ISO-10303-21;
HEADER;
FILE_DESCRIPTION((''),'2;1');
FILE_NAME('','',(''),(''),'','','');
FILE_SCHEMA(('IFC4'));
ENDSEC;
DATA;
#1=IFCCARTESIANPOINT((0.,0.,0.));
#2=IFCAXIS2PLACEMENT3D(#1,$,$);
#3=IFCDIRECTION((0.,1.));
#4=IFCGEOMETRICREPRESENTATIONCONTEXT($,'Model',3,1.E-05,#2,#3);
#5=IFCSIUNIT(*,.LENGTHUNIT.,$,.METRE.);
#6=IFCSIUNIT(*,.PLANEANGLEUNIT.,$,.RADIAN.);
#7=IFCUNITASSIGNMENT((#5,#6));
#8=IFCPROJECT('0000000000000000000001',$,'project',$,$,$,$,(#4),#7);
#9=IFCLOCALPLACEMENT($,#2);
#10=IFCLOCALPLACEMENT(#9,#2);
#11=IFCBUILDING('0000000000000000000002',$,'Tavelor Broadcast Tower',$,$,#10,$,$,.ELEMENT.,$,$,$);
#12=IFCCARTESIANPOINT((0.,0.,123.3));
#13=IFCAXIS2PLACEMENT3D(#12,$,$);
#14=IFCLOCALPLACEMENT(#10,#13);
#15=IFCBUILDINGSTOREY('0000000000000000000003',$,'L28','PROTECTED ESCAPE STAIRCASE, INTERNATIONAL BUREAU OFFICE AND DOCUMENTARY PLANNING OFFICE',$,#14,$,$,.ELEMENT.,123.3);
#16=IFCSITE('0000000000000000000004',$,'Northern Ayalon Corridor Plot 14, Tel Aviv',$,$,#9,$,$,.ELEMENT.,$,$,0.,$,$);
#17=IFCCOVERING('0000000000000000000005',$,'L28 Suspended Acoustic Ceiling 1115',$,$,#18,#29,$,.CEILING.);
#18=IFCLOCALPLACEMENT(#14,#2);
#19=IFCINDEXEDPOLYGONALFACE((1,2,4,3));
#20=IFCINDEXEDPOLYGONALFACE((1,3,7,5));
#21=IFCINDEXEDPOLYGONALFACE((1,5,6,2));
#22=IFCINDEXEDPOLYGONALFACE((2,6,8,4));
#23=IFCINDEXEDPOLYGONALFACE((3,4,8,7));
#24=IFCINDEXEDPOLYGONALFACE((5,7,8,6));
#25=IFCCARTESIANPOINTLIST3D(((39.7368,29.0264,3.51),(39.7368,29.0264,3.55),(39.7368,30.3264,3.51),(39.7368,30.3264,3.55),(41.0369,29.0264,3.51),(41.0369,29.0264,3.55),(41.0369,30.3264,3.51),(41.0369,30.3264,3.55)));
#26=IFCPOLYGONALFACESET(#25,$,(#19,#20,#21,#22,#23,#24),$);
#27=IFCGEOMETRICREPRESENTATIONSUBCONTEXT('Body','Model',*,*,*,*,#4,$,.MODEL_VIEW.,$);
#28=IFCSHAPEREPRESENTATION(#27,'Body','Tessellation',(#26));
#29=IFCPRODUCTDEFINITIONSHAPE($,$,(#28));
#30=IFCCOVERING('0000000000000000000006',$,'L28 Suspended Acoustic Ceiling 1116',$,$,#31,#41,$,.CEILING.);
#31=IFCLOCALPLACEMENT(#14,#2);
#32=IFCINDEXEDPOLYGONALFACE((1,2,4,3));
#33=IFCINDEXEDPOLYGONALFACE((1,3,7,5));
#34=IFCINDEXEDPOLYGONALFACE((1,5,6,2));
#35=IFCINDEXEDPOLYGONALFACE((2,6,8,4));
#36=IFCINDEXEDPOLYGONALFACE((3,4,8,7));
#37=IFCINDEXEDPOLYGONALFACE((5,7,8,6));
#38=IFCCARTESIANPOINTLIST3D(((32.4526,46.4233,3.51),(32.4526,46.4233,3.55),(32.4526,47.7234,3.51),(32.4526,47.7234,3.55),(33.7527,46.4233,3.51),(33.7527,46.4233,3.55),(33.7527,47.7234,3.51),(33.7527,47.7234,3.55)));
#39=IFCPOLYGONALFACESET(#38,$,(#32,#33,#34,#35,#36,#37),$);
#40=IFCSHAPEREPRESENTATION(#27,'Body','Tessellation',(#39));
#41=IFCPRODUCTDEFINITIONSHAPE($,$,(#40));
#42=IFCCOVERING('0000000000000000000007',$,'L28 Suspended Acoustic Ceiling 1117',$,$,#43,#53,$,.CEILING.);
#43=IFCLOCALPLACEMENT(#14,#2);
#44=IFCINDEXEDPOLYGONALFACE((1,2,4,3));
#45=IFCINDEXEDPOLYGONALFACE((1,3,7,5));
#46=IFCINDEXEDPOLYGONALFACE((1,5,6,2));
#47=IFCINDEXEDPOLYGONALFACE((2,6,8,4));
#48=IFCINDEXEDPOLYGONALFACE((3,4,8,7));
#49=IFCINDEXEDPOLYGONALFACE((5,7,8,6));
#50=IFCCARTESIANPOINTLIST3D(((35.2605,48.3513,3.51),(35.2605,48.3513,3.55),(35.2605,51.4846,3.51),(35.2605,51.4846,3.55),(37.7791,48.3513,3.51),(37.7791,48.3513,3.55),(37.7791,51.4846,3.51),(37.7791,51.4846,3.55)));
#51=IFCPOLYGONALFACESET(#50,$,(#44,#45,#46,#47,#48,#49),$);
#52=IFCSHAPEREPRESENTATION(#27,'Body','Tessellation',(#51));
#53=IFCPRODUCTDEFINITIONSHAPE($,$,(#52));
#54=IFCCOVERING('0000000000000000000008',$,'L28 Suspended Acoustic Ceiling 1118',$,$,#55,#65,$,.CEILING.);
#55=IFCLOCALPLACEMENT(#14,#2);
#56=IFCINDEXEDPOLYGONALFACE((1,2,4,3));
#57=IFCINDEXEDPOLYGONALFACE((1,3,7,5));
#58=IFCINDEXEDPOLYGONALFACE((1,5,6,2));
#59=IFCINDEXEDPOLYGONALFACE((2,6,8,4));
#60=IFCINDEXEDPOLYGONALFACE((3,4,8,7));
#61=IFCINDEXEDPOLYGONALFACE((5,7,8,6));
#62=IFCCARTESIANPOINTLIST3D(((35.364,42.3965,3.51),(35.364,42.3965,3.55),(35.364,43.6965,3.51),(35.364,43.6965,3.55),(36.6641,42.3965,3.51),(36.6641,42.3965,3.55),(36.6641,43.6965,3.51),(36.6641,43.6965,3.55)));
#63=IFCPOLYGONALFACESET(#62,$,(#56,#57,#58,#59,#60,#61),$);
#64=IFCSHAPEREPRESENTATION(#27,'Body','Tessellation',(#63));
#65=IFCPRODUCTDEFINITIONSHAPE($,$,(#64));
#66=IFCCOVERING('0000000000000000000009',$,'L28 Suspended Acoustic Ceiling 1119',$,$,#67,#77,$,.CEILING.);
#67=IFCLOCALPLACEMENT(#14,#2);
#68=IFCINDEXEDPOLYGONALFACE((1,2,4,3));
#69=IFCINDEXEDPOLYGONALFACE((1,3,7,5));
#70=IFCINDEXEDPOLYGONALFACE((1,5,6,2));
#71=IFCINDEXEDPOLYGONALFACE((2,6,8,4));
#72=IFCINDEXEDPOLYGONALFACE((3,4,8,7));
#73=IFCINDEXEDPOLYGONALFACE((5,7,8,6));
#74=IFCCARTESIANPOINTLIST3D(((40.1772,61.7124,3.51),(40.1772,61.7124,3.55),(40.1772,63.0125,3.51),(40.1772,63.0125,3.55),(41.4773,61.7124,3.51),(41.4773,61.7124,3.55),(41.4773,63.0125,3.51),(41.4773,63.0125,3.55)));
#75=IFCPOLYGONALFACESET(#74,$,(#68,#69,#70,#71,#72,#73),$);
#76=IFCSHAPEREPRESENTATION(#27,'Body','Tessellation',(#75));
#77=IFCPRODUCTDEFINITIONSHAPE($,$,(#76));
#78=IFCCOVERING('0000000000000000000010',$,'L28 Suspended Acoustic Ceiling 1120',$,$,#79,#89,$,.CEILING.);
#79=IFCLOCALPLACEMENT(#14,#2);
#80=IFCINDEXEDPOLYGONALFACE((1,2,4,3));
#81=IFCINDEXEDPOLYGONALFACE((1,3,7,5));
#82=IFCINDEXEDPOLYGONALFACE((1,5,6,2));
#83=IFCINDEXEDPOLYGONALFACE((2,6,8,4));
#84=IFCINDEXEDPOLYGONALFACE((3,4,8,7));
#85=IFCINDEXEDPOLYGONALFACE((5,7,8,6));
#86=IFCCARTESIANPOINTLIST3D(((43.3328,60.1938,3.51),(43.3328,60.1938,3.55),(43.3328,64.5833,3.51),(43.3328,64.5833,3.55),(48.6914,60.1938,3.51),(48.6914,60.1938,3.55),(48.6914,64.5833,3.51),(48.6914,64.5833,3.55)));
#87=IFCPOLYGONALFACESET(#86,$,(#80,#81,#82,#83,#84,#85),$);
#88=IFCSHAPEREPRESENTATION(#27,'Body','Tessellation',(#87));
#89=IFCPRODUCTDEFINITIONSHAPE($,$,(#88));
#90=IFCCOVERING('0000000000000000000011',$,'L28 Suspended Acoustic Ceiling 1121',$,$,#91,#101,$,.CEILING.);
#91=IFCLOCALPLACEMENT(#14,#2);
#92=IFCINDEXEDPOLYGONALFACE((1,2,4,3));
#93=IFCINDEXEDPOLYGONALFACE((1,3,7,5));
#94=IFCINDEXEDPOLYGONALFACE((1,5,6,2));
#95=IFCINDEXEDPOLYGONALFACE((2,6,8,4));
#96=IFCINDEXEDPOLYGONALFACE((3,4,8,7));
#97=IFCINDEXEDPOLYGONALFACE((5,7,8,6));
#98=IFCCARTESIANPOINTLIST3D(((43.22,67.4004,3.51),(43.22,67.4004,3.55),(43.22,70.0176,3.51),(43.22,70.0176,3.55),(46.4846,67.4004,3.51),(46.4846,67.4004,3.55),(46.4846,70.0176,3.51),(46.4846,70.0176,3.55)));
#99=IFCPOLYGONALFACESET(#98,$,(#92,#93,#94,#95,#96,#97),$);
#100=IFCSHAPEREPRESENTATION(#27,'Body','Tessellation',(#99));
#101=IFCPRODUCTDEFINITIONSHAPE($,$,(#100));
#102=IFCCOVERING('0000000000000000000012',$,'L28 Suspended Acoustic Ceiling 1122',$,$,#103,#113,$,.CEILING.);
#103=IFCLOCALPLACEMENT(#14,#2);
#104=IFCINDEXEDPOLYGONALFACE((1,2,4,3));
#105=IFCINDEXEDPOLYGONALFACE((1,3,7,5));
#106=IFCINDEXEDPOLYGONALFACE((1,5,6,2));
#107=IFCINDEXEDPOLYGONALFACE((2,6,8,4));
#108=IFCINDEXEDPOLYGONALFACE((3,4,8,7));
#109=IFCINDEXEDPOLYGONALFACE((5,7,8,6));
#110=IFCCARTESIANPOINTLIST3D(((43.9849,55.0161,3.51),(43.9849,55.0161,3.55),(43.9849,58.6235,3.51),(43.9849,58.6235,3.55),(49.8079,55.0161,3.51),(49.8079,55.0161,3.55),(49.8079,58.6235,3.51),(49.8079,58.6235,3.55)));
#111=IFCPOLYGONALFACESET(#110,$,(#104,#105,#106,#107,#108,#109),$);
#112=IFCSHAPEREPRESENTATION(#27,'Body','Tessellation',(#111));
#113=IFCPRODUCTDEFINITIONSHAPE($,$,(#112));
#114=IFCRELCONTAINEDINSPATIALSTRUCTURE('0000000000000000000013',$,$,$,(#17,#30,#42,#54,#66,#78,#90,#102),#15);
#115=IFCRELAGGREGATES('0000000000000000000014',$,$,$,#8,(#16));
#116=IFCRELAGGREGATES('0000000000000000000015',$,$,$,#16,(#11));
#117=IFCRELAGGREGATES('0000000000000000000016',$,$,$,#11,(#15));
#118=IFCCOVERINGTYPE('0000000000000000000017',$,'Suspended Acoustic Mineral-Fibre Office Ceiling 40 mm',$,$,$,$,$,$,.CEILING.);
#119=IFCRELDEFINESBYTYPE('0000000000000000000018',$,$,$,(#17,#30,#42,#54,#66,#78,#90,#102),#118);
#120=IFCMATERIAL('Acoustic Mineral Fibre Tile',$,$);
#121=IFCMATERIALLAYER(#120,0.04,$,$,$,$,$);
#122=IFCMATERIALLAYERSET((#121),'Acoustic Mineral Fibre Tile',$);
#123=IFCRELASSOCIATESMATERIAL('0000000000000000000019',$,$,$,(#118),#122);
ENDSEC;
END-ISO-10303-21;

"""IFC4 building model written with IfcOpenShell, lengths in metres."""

from ifc_helpers import new_model, si_unit, direction, frame, origin, place, context, subcontext, project, spatial, polyline, outline, extrude, material, layer, layer_set, type_object, element, save


model = new_model("IFC4")

# Units and contexts
model_context = context("Model", 3, precision=1e-05, world=origin(), true_north=direction((0.0, 1.0)))
body_context = subcontext(model_context, "Body", "Model", "MODEL_VIEW")
ifc_project = project(units=[si_unit("LENGTHUNIT", "METRE"), si_unit("PLANEANGLEUNIT", "RADIAN")], contexts=[model_context])

# Site, building, storey
site_placement = place(None, origin())
site = spatial("IfcSite", under=ifc_project, at=site_placement, Name="Northern Ayalon Corridor Plot 14, Tel Aviv", CompositionType="ELEMENT", RefElevation=0.0)
building_placement = place(site_placement, origin())
building = spatial("IfcBuilding", under=site, at=building_placement, Name="Tavelor Broadcast Tower", CompositionType="ELEMENT")
storey_placement = place(building_placement, frame((0.0, 0.0, 123.3)))
storey = spatial("IfcBuildingStorey", under=building, at=storey_placement, Name="L28", Description="PROTECTED ESCAPE STAIRCASE, INTERNATIONAL BUREAU OFFICE AND DOCUMENTARY PLANNING OFFICE", CompositionType="ELEMENT", Elevation=123.3)

# Coverings
ifc_material_1 = material(Name="Acoustic Mineral Fibre Tile")
ifc_layer_1 = layer(ifc_material_1, 0.04)
ifc_layer_set_1 = layer_set([ifc_layer_1], Name="Acoustic Mineral Fibre Tile")
covering_type_1 = type_object("IfcCoveringType", Name="Suspended Acoustic Mineral-Fibre Office Ceiling 40 mm", PredefinedType="CEILING", material=ifc_layer_set_1)
covering_1_placement = place(storey_placement, frame((0.0, 0.0, 3.51)))
element("IfcCovering", 1, at=covering_1_placement, inside=storey, type_object=covering_type_1, Name="L28 Suspended Acoustic Ceiling 1115", PredefinedType="CEILING", context=body_context, shape_type="SweptSolid", body=[
    extrude(outline(polyline([(39.7368, 29.0264), (41.0369, 29.0264), (41.0369, 30.3264), (39.7368, 30.3264), (39.7368, 29.0264)])), origin(), (0.0, 0.0, 1.0), 0.04),
])
covering_2_placement = place(storey_placement, frame((0.0, 0.0, 3.51)))
element("IfcCovering", 2, at=covering_2_placement, inside=storey, type_object=covering_type_1, Name="L28 Suspended Acoustic Ceiling 1116", PredefinedType="CEILING", context=body_context, shape_type="SweptSolid", body=[
    extrude(outline(polyline([(32.4526, 46.4233), (33.7527, 46.4233), (33.7527, 47.7234), (32.4526, 47.7234), (32.4526, 46.4233)])), origin(), (0.0, 0.0, 1.0), 0.04),
])
covering_3_placement = place(storey_placement, frame((0.0, 0.0, 3.51)))
element("IfcCovering", 3, at=covering_3_placement, inside=storey, type_object=covering_type_1, Name="L28 Suspended Acoustic Ceiling 1117", PredefinedType="CEILING", context=body_context, shape_type="SweptSolid", body=[
    extrude(outline(polyline([(35.2605, 48.3513), (37.7791, 48.3513), (37.7791, 51.4846), (35.2605, 51.4846), (35.2605, 48.3513)])), origin(), (0.0, 0.0, 1.0), 0.04),
])
covering_4_placement = place(storey_placement, frame((0.0, 0.0, 3.51)))
element("IfcCovering", 4, at=covering_4_placement, inside=storey, type_object=covering_type_1, Name="L28 Suspended Acoustic Ceiling 1118", PredefinedType="CEILING", context=body_context, shape_type="SweptSolid", body=[
    extrude(outline(polyline([(35.364, 42.3965), (36.6641, 42.3965), (36.6641, 43.6965), (35.364, 43.6965), (35.364, 42.3965)])), origin(), (0.0, 0.0, 1.0), 0.04),
])
covering_5_placement = place(storey_placement, frame((0.0, 0.0, 3.51)))
element("IfcCovering", 5, at=covering_5_placement, inside=storey, type_object=covering_type_1, Name="L28 Suspended Acoustic Ceiling 1119", PredefinedType="CEILING", context=body_context, shape_type="SweptSolid", body=[
    extrude(outline(polyline([(40.1772, 61.7124), (41.4773, 61.7124), (41.4773, 63.0125), (40.1772, 63.0125), (40.1772, 61.7124)])), origin(), (0.0, 0.0, 1.0), 0.04),
])
covering_6_placement = place(storey_placement, frame((0.0, 0.0, 3.51)))
element("IfcCovering", 6, at=covering_6_placement, inside=storey, type_object=covering_type_1, Name="L28 Suspended Acoustic Ceiling 1120", PredefinedType="CEILING", context=body_context, shape_type="SweptSolid", body=[
    extrude(outline(polyline([(43.3328, 60.1938), (48.6914, 60.1938), (48.6914, 64.5833), (43.3328, 64.5833), (43.3328, 60.1938)])), origin(), (0.0, 0.0, 1.0), 0.04),
])
covering_7_placement = place(storey_placement, frame((0.0, 0.0, 3.51)))
element("IfcCovering", 7, at=covering_7_placement, inside=storey, type_object=covering_type_1, Name="L28 Suspended Acoustic Ceiling 1121", PredefinedType="CEILING", context=body_context, shape_type="SweptSolid", body=[
    extrude(outline(polyline([(43.22, 67.4004), (46.4846, 67.4004), (46.4846, 70.0176), (43.22, 70.0176), (43.22, 67.4004)])), origin(), (0.0, 0.0, 1.0), 0.04),
])
covering_8_placement = place(storey_placement, frame((0.0, 0.0, 3.51)))
element("IfcCovering", 8, at=covering_8_placement, inside=storey, type_object=covering_type_1, Name="L28 Suspended Acoustic Ceiling 1122", PredefinedType="CEILING", context=body_context, shape_type="SweptSolid", body=[
    extrude(outline(polyline([(43.9849, 55.0161), (49.8079, 55.0161), (49.8079, 58.6235), (43.9849, 58.6235), (43.9849, 55.0161)])), origin(), (0.0, 0.0, 1.0), 0.04),
])

save(model, "model.ifc")
